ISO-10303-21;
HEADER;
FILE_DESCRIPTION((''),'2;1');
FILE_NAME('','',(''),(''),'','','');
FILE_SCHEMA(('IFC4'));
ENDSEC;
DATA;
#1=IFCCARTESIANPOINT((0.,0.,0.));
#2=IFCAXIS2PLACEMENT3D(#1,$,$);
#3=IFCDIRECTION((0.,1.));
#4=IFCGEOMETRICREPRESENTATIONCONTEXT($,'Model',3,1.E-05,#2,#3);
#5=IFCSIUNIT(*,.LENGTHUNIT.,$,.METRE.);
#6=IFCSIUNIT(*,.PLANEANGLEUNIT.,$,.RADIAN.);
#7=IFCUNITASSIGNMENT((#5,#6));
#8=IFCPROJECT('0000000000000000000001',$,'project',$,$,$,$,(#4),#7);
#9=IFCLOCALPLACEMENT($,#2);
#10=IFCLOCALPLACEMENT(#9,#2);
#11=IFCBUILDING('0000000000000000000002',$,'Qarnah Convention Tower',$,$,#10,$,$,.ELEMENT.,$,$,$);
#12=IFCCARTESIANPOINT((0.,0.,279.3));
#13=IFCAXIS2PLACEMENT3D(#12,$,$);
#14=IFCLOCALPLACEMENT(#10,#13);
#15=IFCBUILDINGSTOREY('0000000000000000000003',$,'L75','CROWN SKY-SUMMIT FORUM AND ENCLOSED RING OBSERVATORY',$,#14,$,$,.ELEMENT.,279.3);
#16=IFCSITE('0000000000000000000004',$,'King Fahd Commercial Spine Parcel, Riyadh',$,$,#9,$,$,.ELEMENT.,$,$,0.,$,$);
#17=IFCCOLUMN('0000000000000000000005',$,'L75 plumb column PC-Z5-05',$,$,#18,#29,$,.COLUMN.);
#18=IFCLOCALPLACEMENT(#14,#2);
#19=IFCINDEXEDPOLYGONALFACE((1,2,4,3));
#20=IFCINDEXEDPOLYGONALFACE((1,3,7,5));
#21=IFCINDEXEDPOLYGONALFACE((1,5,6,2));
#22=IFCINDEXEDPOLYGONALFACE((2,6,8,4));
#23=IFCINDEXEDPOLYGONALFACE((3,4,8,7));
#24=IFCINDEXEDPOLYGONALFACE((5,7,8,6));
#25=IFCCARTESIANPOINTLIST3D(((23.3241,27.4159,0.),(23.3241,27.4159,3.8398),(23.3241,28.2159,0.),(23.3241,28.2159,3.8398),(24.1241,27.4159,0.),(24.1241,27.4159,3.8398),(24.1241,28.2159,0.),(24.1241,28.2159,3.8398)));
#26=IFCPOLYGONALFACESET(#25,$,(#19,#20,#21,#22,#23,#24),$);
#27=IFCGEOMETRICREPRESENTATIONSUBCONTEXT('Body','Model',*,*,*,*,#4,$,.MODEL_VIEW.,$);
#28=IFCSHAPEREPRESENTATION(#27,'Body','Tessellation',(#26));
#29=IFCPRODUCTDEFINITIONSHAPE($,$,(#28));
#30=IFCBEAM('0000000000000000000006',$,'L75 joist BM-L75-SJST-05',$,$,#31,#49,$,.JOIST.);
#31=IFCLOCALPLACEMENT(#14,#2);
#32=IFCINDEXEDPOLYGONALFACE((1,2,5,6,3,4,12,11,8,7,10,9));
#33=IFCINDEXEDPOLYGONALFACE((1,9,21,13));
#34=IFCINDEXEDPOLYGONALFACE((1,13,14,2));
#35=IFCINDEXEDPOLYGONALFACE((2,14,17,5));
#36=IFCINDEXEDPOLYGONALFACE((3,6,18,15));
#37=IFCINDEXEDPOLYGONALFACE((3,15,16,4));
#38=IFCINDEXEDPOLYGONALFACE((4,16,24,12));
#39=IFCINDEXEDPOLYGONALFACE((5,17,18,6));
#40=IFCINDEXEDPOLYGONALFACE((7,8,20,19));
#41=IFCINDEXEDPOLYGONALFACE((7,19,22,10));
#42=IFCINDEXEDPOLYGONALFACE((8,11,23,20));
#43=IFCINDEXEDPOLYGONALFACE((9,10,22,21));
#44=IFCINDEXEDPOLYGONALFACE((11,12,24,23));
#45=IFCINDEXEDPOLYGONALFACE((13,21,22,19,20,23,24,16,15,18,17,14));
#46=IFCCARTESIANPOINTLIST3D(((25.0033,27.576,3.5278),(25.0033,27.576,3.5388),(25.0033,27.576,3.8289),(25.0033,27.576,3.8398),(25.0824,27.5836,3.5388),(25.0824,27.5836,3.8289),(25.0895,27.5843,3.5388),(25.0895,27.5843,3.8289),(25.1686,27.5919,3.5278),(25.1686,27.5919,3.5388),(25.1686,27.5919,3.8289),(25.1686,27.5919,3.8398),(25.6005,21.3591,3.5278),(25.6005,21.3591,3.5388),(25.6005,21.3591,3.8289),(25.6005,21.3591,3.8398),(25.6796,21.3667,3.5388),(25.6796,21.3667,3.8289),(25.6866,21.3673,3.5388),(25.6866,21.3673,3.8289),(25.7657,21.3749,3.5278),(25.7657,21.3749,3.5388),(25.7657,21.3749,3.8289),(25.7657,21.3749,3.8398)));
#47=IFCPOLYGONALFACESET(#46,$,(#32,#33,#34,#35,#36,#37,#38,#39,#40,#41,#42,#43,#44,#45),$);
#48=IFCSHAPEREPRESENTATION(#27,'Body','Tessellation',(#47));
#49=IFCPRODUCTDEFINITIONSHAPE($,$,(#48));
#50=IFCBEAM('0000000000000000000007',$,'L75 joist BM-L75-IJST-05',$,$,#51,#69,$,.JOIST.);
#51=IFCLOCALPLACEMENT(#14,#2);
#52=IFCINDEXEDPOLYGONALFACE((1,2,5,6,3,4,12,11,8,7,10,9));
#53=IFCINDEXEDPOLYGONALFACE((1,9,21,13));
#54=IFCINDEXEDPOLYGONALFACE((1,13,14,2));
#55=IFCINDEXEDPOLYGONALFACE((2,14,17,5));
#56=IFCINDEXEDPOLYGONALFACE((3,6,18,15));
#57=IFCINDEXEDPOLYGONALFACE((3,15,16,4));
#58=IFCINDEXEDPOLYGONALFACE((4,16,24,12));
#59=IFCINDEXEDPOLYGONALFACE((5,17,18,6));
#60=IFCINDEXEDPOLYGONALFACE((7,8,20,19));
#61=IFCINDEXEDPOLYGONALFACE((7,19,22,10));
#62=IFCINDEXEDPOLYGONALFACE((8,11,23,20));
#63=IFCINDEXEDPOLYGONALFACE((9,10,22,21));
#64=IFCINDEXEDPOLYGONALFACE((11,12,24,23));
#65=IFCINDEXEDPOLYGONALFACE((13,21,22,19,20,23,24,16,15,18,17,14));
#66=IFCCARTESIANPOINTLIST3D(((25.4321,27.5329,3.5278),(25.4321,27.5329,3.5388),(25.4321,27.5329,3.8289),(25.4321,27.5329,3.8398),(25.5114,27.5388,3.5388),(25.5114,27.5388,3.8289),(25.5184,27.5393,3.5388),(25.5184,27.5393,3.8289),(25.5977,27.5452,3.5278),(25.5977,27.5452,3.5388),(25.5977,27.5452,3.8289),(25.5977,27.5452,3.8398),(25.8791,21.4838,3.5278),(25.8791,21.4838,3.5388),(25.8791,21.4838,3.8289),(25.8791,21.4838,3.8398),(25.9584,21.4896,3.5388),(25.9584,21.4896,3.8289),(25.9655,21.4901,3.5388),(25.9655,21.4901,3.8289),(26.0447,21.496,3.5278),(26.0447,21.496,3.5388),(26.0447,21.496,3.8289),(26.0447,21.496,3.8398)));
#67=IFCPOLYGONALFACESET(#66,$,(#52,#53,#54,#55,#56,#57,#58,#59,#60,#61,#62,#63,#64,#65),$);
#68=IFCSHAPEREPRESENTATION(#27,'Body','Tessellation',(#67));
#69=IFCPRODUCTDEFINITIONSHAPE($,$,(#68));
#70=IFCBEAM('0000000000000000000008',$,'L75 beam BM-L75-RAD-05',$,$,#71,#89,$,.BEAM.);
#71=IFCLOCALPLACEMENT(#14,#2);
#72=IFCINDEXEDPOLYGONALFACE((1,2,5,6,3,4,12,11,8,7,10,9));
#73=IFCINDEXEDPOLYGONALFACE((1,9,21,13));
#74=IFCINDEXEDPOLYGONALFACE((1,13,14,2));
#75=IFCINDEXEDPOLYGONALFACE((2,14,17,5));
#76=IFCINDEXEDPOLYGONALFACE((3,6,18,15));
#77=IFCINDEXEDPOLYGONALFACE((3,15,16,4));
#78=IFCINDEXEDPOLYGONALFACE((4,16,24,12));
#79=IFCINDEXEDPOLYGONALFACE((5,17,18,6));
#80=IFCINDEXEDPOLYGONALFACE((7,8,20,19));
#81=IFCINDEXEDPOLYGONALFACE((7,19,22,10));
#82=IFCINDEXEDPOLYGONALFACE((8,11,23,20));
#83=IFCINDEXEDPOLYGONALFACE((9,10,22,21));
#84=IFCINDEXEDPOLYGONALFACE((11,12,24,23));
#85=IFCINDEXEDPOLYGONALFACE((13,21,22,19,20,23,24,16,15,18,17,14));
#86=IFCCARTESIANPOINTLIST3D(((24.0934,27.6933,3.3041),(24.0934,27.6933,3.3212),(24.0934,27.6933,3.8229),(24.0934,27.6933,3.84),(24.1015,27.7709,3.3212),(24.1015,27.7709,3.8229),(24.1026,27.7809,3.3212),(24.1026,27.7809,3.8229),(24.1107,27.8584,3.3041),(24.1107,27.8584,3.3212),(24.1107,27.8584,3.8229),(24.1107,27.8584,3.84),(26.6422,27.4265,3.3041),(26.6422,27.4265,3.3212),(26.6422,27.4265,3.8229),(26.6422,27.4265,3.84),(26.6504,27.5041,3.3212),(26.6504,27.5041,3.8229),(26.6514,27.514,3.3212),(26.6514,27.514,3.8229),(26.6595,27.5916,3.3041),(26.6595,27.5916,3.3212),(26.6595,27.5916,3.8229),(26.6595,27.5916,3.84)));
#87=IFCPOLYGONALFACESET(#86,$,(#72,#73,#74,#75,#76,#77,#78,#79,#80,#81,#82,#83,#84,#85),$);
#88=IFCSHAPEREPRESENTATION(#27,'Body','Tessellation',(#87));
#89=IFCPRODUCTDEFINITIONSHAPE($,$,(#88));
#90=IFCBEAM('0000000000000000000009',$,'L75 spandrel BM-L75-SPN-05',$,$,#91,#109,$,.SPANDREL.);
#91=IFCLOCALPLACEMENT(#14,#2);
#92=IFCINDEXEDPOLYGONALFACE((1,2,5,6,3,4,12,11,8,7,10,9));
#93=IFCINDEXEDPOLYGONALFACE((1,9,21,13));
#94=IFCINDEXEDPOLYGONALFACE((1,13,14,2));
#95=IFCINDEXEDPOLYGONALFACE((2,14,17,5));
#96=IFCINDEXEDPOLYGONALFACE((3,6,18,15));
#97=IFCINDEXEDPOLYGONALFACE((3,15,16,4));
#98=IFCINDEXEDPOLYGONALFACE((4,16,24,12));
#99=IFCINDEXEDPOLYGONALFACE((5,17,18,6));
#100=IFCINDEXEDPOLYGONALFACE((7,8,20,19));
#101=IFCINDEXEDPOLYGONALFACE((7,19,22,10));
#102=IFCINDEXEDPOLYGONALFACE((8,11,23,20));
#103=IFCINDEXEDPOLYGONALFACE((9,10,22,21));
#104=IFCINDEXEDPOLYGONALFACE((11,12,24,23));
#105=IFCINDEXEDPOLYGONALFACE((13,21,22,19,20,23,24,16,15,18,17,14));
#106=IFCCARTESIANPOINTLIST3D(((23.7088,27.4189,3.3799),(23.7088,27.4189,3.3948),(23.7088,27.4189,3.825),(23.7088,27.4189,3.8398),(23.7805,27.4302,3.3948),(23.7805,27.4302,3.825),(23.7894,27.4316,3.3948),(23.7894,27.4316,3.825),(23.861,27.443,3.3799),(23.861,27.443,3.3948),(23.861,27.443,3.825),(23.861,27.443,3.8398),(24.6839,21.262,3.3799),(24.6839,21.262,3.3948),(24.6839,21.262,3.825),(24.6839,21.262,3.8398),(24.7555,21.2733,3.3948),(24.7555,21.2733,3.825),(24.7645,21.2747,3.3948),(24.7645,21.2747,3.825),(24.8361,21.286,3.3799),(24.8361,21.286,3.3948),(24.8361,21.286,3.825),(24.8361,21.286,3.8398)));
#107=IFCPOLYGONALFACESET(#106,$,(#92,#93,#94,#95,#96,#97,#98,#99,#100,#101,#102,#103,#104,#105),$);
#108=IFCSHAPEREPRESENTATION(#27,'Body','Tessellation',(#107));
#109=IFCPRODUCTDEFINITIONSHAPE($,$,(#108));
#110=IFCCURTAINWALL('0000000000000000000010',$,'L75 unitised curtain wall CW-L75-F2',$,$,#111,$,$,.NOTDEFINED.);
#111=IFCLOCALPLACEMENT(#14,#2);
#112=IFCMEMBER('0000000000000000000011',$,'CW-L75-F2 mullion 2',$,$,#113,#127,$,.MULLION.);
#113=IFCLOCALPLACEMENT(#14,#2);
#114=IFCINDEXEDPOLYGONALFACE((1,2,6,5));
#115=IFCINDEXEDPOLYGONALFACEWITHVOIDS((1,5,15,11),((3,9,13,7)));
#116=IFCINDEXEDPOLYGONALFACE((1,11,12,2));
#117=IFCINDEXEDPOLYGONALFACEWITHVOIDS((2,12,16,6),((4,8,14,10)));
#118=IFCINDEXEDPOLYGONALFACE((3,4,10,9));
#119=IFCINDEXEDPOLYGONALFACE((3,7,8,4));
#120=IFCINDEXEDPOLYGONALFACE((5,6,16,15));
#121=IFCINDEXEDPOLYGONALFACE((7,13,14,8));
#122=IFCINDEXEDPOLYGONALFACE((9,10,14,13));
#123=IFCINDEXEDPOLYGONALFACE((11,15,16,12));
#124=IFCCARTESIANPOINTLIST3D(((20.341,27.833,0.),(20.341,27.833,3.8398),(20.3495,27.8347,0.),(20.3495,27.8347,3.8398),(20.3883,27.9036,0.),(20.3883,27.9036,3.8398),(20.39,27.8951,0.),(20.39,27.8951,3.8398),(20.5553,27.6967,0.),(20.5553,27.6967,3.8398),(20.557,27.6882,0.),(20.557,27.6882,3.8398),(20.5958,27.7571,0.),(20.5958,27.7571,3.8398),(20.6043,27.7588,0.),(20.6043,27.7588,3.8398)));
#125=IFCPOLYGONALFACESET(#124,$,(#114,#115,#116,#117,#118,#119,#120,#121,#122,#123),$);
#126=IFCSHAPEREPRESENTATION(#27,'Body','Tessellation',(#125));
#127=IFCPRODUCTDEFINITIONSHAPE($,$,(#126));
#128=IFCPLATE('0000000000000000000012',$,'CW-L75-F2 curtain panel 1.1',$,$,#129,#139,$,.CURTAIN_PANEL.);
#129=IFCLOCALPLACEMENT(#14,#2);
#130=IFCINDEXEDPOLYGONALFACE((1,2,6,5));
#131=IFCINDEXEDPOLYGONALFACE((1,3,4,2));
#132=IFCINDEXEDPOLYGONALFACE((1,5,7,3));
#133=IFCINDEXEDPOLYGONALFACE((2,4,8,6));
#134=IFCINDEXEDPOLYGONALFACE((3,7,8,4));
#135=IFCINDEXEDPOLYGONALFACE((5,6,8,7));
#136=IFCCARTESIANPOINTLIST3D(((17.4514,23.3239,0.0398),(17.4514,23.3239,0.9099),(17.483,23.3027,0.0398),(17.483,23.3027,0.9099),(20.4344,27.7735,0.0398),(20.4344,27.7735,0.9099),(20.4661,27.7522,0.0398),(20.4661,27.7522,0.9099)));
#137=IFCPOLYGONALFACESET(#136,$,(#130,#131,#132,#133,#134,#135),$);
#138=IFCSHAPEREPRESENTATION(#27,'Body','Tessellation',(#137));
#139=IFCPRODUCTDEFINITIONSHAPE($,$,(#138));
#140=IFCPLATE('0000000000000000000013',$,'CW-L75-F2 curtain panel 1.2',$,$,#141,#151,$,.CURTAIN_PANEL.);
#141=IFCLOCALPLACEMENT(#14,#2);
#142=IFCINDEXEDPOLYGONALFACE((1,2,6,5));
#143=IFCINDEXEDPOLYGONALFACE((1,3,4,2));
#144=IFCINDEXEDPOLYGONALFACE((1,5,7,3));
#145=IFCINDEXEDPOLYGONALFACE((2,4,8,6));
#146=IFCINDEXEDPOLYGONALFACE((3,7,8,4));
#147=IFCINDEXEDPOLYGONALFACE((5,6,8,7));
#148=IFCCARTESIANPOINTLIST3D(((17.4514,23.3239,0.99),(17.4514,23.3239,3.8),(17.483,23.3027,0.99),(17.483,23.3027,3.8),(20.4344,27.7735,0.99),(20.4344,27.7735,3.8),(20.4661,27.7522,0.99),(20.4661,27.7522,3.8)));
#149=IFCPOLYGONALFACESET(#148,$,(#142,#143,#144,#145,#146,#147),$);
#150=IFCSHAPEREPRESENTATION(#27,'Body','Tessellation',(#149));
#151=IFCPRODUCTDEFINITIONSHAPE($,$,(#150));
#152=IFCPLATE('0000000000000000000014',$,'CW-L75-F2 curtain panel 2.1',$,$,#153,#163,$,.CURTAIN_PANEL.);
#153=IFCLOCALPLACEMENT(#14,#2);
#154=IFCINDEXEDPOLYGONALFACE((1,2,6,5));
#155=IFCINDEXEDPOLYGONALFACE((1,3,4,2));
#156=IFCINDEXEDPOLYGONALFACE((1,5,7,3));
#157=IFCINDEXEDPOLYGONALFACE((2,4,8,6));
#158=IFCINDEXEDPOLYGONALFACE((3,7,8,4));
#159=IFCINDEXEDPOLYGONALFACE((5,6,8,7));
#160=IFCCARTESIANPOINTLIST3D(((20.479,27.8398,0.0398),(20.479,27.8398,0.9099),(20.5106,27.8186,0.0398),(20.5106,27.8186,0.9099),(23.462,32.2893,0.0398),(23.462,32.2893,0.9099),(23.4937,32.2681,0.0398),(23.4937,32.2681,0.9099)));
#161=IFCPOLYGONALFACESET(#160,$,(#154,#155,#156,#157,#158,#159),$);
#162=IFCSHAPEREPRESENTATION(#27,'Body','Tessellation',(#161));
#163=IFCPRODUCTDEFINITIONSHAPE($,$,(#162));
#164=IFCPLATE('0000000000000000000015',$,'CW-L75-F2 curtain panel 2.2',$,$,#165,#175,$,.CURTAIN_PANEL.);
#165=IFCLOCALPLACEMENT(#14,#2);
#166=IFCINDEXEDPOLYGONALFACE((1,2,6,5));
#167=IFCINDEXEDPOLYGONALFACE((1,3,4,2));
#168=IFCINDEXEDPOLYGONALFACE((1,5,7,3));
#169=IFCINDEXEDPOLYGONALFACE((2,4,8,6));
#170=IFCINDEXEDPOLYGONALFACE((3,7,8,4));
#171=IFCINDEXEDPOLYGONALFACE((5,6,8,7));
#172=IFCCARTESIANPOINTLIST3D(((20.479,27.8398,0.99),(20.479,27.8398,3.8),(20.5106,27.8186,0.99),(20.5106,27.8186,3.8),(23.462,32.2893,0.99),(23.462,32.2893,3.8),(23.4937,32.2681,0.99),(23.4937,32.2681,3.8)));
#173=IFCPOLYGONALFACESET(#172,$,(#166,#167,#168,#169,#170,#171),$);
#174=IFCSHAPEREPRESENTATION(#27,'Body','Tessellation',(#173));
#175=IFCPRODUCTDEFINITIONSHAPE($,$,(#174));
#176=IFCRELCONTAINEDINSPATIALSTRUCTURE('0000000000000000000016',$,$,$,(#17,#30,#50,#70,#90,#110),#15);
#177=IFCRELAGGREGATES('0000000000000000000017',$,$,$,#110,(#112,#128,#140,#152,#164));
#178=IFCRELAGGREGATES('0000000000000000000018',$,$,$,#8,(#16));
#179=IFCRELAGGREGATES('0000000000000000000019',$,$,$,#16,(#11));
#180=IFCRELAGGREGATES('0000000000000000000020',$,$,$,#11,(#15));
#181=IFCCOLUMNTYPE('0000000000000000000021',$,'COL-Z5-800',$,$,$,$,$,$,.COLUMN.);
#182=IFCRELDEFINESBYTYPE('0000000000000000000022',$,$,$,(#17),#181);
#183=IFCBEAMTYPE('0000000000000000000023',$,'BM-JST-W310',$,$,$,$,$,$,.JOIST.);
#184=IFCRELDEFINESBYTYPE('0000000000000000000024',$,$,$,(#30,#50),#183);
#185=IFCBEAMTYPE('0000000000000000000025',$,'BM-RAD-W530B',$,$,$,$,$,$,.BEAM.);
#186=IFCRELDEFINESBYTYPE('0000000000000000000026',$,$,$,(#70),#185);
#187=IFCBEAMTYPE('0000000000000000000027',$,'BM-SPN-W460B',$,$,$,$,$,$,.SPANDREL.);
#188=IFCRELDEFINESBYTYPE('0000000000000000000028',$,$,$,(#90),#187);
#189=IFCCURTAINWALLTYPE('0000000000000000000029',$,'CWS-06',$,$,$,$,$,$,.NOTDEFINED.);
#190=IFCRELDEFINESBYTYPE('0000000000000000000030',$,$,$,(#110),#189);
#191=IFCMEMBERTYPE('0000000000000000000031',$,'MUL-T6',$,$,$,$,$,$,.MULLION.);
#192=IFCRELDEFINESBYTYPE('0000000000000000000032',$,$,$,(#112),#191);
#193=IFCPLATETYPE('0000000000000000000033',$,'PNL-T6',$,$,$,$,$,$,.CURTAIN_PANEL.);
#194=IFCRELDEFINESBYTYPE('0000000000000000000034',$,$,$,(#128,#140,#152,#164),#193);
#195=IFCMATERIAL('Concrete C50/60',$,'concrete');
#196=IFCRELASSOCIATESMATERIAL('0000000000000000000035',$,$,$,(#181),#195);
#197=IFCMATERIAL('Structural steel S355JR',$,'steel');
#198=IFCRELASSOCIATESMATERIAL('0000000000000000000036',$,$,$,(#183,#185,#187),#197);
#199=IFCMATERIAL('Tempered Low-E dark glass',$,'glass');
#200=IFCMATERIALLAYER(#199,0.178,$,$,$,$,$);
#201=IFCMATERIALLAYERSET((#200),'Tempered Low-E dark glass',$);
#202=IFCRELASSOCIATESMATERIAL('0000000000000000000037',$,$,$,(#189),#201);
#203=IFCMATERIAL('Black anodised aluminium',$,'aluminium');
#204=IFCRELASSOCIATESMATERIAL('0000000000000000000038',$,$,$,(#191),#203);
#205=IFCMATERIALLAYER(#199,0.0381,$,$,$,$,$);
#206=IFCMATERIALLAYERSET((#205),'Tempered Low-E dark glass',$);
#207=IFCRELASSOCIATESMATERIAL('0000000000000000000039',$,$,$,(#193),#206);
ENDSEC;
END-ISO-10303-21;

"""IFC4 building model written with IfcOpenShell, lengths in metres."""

from ifc_helpers import new_model, si_unit, direction, frame, origin, origin_2d, place, context, subcontext, project, spatial, rectangle, hollow_rectangle, i_section, extrude, material, layer, layer_set, material_profile, profile_set, type_object, element, aggregate, save


model = new_model("IFC4")

# Units and contexts
model_context = context("Model", 3, precision=1e-05, world=origin(), true_north=direction((0.0, 1.0)))
body_context = subcontext(model_context, "Body", "Model", "MODEL_VIEW")
ifc_project = project(units=[si_unit("LENGTHUNIT", "METRE"), si_unit("PLANEANGLEUNIT", "RADIAN")], contexts=[model_context])

# Site, building, storey
site_placement = place(None, origin())
site = spatial("IfcSite", under=ifc_project, at=site_placement, Name="King Fahd Commercial Spine Parcel, Riyadh", CompositionType="ELEMENT", RefElevation=0.0)
building_placement = place(site_placement, origin())
building = spatial("IfcBuilding", under=site, at=building_placement, Name="Qarnah Convention Tower", CompositionType="ELEMENT")
storey_placement = place(building_placement, frame((0.0, 0.0, 279.3)))
storey = spatial("IfcBuildingStorey", under=building, at=storey_placement, Name="L75", Description="CROWN SKY-SUMMIT FORUM AND ENCLOSED RING OBSERVATORY", CompositionType="ELEMENT", Elevation=279.3)

# Column
ifc_material_1 = material(Name="Concrete C50/60", Category="concrete")
ifc_material_profile_1 = material_profile(ifc_material_1, rectangle(XDim=0.8, YDim=0.8, at=origin_2d()), Name="RC-COL-800X800")
ifc_profile_set_1 = profile_set([ifc_material_profile_1], Name="Concrete C50/60")
column_type = type_object("IfcColumnType", Name="COL-Z5-800", PredefinedType="COLUMN", material=ifc_profile_set_1)
column_placement = place(storey_placement, frame((23.7241, 27.8159, 0.0), z_axis=(0.0, 0.0, 1.0), x_axis=(1.0, 0.0, 0.0)))
element("IfcColumn", 1, at=column_placement, inside=storey, type_object=column_type, Name="L75 plumb column PC-Z5-05", PredefinedType="COLUMN", context=body_context, shape_type="SweptSolid", body=[
    extrude(rectangle(XDim=0.8, YDim=0.8, at=origin_2d()), origin(), (0.0, 0.0, 1.0), 3.8398),
])

# Beams
ifc_material_2 = material(Name="Structural steel S355JR", Category="steel")
ifc_material_profile_2 = material_profile(ifc_material_2, i_section(OverallWidth=0.166, OverallDepth=0.312, WebThickness=0.0071, FlangeThickness=0.011, at=origin_2d()), Name="W310X45")
ifc_profile_set_2 = profile_set([ifc_material_profile_2], Name="Structural steel S355JR")
beam_type_1 = type_object("IfcBeamType", Name="BM-JST-W310", PredefinedType="JOIST", material=ifc_profile_set_2)
beam_1_placement = place(storey_placement, frame((25.0859, 27.584, 3.6838), z_axis=(0.095613, -0.995419, 0.0), x_axis=(0.995419, 0.095613, 0.0)))
element("IfcBeam", 2, at=beam_1_placement, inside=storey, type_object=beam_type_1, Name="L75 joist BM-L75-SJST-05", PredefinedType="JOIST", context=body_context, shape_type="SweptSolid", body=[
    extrude(i_section(OverallWidth=0.166, OverallDepth=0.312, WebThickness=0.0071, FlangeThickness=0.011, at=origin_2d()), origin(), (0.0, 0.0, 1.0), 6.2456),
])
beam_2_placement = place(storey_placement, frame((25.5149, 27.5391, 3.6838), z_axis=(0.073698, -0.997281, 0.0), x_axis=(0.997281, 0.073698, 0.0)))
element("IfcBeam", 3, at=beam_2_placement, inside=storey, type_object=beam_type_1, Name="L75 joist BM-L75-IJST-05", PredefinedType="JOIST", context=body_context, shape_type="SweptSolid", body=[
    extrude(i_section(OverallWidth=0.166, OverallDepth=0.312, WebThickness=0.0071, FlangeThickness=0.011, at=origin_2d()), origin(), (0.0, 0.0, 1.0), 6.0657),
])
ifc_material_profile_3 = material_profile(ifc_material_2, i_section(OverallWidth=0.166, OverallDepth=0.5359, WebThickness=0.01, FlangeThickness=0.0171, at=origin_2d()), Name="W530X85")
ifc_profile_set_3 = profile_set([ifc_material_profile_3], Name="Structural steel S355JR")
beam_type_2 = type_object("IfcBeamType", Name="BM-RAD-W530B", PredefinedType="BEAM", material=ifc_profile_set_3)
beam_3_placement = place(storey_placement, frame((26.6509, 27.509, 3.572), z_axis=(-0.994564, 0.104124, 0.0), x_axis=(-0.104124, -0.994564, 0.0)))
element("IfcBeam", 4, at=beam_3_placement, inside=storey, type_object=beam_type_2, Name="L75 beam BM-L75-RAD-05", PredefinedType="BEAM", context=body_context, shape_type="SweptSolid", body=[
    extrude(i_section(OverallWidth=0.166, OverallDepth=0.5359, WebThickness=0.01, FlangeThickness=0.0171, at=origin_2d()), origin(), (0.0, 0.0, 1.0), 2.5627),
])
ifc_material_profile_4 = material_profile(ifc_material_2, i_section(OverallWidth=0.1541, OverallDepth=0.46, WebThickness=0.009, FlangeThickness=0.0149, at=origin_2d()), Name="W460X68")
ifc_profile_set_4 = profile_set([ifc_material_profile_4], Name="Structural steel S355JR")
beam_type_3 = type_object("IfcBeamType", Name="BM-SPN-W460B", PredefinedType="SPANDREL", material=ifc_profile_set_4)
beam_4_placement = place(storey_placement, frame((23.7849, 27.4309, 3.6099), z_axis=(0.156423, -0.98769, 0.0), x_axis=(0.98769, 0.156423, 0.0)))
element("IfcBeam", 5, at=beam_4_placement, inside=storey, type_object=beam_type_3, Name="L75 spandrel BM-L75-SPN-05", PredefinedType="SPANDREL", context=body_context, shape_type="SweptSolid", body=[
    extrude(i_section(OverallWidth=0.1541, OverallDepth=0.46, WebThickness=0.009, FlangeThickness=0.0149, at=origin_2d()), origin(), (0.0, 0.0, 1.0), 6.2336),
])

# Curtain wall, member, plates
ifc_material_3 = material(Name="Tempered Low-E dark glass", Category="glass")
ifc_layer_1 = layer(ifc_material_3, 0.178)
ifc_layer_set_1 = layer_set([ifc_layer_1], Name="Tempered Low-E dark glass")
curtain_wall_type = type_object("IfcCurtainWallType", Name="CWS-06", PredefinedType="NOTDEFINED", material=ifc_layer_set_1)
curtain_wall_placement = place(storey_placement, origin())
curtain_wall = element("IfcCurtainWall", 6, at=curtain_wall_placement, inside=storey, type_object=curtain_wall_type, Name="L75 unitised curtain wall CW-L75-F2", PredefinedType="NOTDEFINED")
ifc_material_4 = material(Name="Black anodised aluminium", Category="aluminium")
ifc_material_profile_5 = material_profile(ifc_material_4, hollow_rectangle(XDim=0.085, YDim=0.26, WallThickness=0.0061, at=origin_2d()), Name="MUL-85X260")
ifc_profile_set_5 = profile_set([ifc_material_profile_5], Name="Black anodised aluminium")
member_type = type_object("IfcMemberType", Name="MUL-T6", PredefinedType="MULLION", material=ifc_profile_set_5)
member_placement = place(storey_placement, frame((20.4727, 27.7959, 0.0), z_axis=(0.0, 0.0, 1.0), x_axis=(0.556855, 0.83061, 0.0)))
member = element("IfcMember", 7, at=member_placement, type_object=member_type, Name="CW-L75-F2 mullion 2", PredefinedType="MULLION", context=body_context, shape_type="SweptSolid", body=[
    extrude(hollow_rectangle(XDim=0.085, YDim=0.26, WallThickness=0.0061, at=origin_2d()), origin(), (0.0, 0.0, 1.0), 3.8398),
])
ifc_layer_2 = layer(ifc_material_3, 0.0381)
ifc_layer_set_2 = layer_set([ifc_layer_2], Name="Tempered Low-E dark glass")
plate_type = type_object("IfcPlateType", Name="PNL-T6", PredefinedType="CURTAIN_PANEL", material=ifc_layer_set_2)
plate_1_placement = place(storey_placement, frame((18.9587, 25.5381, 0.0398), z_axis=(0.0, 0.0, 1.0), x_axis=(0.556855, 0.83061, 0.0)))
plate_1 = element("IfcPlate", 8, at=plate_1_placement, type_object=plate_type, Name="CW-L75-F2 curtain panel 1.1", PredefinedType="CURTAIN_PANEL", context=body_context, shape_type="SweptSolid", body=[
    extrude(rectangle(XDim=5.3569, YDim=0.0381, at=origin_2d()), origin(), (0.0, 0.0, 1.0), 0.8701),
])
plate_2_placement = place(storey_placement, frame((18.9587, 25.5381, 0.99), z_axis=(0.0, 0.0, 1.0), x_axis=(0.556855, 0.83061, 0.0)))
plate_2 = element("IfcPlate", 9, at=plate_2_placement, type_object=plate_type, Name="CW-L75-F2 curtain panel 1.2", PredefinedType="CURTAIN_PANEL", context=body_context, shape_type="SweptSolid", body=[
    extrude(rectangle(XDim=5.3569, YDim=0.0381, at=origin_2d()), origin(), (0.0, 0.0, 1.0), 2.8101),
])
plate_3_placement = place(storey_placement, frame((21.9863, 30.054, 0.0398), z_axis=(0.0, 0.0, 1.0), x_axis=(0.556855, 0.83061, 0.0)))
plate_3 = element("IfcPlate", 10, at=plate_3_placement, type_object=plate_type, Name="CW-L75-F2 curtain panel 2.1", PredefinedType="CURTAIN_PANEL", context=body_context, shape_type="SweptSolid", body=[
    extrude(rectangle(XDim=5.3569, YDim=0.0381, at=origin_2d()), origin(), (0.0, 0.0, 1.0), 0.8701),
])
plate_4_placement = place(storey_placement, frame((21.9863, 30.054, 0.99), z_axis=(0.0, 0.0, 1.0), x_axis=(0.556855, 0.83061, 0.0)))
plate_4 = element("IfcPlate", 11, at=plate_4_placement, type_object=plate_type, Name="CW-L75-F2 curtain panel 2.2", PredefinedType="CURTAIN_PANEL", context=body_context, shape_type="SweptSolid", body=[
    extrude(rectangle(XDim=5.3569, YDim=0.0381, at=origin_2d()), origin(), (0.0, 0.0, 1.0), 2.8101),
])
aggregate(curtain_wall, [member, plate_1, plate_2, plate_3, plate_4])

save(model, "model.ifc")
